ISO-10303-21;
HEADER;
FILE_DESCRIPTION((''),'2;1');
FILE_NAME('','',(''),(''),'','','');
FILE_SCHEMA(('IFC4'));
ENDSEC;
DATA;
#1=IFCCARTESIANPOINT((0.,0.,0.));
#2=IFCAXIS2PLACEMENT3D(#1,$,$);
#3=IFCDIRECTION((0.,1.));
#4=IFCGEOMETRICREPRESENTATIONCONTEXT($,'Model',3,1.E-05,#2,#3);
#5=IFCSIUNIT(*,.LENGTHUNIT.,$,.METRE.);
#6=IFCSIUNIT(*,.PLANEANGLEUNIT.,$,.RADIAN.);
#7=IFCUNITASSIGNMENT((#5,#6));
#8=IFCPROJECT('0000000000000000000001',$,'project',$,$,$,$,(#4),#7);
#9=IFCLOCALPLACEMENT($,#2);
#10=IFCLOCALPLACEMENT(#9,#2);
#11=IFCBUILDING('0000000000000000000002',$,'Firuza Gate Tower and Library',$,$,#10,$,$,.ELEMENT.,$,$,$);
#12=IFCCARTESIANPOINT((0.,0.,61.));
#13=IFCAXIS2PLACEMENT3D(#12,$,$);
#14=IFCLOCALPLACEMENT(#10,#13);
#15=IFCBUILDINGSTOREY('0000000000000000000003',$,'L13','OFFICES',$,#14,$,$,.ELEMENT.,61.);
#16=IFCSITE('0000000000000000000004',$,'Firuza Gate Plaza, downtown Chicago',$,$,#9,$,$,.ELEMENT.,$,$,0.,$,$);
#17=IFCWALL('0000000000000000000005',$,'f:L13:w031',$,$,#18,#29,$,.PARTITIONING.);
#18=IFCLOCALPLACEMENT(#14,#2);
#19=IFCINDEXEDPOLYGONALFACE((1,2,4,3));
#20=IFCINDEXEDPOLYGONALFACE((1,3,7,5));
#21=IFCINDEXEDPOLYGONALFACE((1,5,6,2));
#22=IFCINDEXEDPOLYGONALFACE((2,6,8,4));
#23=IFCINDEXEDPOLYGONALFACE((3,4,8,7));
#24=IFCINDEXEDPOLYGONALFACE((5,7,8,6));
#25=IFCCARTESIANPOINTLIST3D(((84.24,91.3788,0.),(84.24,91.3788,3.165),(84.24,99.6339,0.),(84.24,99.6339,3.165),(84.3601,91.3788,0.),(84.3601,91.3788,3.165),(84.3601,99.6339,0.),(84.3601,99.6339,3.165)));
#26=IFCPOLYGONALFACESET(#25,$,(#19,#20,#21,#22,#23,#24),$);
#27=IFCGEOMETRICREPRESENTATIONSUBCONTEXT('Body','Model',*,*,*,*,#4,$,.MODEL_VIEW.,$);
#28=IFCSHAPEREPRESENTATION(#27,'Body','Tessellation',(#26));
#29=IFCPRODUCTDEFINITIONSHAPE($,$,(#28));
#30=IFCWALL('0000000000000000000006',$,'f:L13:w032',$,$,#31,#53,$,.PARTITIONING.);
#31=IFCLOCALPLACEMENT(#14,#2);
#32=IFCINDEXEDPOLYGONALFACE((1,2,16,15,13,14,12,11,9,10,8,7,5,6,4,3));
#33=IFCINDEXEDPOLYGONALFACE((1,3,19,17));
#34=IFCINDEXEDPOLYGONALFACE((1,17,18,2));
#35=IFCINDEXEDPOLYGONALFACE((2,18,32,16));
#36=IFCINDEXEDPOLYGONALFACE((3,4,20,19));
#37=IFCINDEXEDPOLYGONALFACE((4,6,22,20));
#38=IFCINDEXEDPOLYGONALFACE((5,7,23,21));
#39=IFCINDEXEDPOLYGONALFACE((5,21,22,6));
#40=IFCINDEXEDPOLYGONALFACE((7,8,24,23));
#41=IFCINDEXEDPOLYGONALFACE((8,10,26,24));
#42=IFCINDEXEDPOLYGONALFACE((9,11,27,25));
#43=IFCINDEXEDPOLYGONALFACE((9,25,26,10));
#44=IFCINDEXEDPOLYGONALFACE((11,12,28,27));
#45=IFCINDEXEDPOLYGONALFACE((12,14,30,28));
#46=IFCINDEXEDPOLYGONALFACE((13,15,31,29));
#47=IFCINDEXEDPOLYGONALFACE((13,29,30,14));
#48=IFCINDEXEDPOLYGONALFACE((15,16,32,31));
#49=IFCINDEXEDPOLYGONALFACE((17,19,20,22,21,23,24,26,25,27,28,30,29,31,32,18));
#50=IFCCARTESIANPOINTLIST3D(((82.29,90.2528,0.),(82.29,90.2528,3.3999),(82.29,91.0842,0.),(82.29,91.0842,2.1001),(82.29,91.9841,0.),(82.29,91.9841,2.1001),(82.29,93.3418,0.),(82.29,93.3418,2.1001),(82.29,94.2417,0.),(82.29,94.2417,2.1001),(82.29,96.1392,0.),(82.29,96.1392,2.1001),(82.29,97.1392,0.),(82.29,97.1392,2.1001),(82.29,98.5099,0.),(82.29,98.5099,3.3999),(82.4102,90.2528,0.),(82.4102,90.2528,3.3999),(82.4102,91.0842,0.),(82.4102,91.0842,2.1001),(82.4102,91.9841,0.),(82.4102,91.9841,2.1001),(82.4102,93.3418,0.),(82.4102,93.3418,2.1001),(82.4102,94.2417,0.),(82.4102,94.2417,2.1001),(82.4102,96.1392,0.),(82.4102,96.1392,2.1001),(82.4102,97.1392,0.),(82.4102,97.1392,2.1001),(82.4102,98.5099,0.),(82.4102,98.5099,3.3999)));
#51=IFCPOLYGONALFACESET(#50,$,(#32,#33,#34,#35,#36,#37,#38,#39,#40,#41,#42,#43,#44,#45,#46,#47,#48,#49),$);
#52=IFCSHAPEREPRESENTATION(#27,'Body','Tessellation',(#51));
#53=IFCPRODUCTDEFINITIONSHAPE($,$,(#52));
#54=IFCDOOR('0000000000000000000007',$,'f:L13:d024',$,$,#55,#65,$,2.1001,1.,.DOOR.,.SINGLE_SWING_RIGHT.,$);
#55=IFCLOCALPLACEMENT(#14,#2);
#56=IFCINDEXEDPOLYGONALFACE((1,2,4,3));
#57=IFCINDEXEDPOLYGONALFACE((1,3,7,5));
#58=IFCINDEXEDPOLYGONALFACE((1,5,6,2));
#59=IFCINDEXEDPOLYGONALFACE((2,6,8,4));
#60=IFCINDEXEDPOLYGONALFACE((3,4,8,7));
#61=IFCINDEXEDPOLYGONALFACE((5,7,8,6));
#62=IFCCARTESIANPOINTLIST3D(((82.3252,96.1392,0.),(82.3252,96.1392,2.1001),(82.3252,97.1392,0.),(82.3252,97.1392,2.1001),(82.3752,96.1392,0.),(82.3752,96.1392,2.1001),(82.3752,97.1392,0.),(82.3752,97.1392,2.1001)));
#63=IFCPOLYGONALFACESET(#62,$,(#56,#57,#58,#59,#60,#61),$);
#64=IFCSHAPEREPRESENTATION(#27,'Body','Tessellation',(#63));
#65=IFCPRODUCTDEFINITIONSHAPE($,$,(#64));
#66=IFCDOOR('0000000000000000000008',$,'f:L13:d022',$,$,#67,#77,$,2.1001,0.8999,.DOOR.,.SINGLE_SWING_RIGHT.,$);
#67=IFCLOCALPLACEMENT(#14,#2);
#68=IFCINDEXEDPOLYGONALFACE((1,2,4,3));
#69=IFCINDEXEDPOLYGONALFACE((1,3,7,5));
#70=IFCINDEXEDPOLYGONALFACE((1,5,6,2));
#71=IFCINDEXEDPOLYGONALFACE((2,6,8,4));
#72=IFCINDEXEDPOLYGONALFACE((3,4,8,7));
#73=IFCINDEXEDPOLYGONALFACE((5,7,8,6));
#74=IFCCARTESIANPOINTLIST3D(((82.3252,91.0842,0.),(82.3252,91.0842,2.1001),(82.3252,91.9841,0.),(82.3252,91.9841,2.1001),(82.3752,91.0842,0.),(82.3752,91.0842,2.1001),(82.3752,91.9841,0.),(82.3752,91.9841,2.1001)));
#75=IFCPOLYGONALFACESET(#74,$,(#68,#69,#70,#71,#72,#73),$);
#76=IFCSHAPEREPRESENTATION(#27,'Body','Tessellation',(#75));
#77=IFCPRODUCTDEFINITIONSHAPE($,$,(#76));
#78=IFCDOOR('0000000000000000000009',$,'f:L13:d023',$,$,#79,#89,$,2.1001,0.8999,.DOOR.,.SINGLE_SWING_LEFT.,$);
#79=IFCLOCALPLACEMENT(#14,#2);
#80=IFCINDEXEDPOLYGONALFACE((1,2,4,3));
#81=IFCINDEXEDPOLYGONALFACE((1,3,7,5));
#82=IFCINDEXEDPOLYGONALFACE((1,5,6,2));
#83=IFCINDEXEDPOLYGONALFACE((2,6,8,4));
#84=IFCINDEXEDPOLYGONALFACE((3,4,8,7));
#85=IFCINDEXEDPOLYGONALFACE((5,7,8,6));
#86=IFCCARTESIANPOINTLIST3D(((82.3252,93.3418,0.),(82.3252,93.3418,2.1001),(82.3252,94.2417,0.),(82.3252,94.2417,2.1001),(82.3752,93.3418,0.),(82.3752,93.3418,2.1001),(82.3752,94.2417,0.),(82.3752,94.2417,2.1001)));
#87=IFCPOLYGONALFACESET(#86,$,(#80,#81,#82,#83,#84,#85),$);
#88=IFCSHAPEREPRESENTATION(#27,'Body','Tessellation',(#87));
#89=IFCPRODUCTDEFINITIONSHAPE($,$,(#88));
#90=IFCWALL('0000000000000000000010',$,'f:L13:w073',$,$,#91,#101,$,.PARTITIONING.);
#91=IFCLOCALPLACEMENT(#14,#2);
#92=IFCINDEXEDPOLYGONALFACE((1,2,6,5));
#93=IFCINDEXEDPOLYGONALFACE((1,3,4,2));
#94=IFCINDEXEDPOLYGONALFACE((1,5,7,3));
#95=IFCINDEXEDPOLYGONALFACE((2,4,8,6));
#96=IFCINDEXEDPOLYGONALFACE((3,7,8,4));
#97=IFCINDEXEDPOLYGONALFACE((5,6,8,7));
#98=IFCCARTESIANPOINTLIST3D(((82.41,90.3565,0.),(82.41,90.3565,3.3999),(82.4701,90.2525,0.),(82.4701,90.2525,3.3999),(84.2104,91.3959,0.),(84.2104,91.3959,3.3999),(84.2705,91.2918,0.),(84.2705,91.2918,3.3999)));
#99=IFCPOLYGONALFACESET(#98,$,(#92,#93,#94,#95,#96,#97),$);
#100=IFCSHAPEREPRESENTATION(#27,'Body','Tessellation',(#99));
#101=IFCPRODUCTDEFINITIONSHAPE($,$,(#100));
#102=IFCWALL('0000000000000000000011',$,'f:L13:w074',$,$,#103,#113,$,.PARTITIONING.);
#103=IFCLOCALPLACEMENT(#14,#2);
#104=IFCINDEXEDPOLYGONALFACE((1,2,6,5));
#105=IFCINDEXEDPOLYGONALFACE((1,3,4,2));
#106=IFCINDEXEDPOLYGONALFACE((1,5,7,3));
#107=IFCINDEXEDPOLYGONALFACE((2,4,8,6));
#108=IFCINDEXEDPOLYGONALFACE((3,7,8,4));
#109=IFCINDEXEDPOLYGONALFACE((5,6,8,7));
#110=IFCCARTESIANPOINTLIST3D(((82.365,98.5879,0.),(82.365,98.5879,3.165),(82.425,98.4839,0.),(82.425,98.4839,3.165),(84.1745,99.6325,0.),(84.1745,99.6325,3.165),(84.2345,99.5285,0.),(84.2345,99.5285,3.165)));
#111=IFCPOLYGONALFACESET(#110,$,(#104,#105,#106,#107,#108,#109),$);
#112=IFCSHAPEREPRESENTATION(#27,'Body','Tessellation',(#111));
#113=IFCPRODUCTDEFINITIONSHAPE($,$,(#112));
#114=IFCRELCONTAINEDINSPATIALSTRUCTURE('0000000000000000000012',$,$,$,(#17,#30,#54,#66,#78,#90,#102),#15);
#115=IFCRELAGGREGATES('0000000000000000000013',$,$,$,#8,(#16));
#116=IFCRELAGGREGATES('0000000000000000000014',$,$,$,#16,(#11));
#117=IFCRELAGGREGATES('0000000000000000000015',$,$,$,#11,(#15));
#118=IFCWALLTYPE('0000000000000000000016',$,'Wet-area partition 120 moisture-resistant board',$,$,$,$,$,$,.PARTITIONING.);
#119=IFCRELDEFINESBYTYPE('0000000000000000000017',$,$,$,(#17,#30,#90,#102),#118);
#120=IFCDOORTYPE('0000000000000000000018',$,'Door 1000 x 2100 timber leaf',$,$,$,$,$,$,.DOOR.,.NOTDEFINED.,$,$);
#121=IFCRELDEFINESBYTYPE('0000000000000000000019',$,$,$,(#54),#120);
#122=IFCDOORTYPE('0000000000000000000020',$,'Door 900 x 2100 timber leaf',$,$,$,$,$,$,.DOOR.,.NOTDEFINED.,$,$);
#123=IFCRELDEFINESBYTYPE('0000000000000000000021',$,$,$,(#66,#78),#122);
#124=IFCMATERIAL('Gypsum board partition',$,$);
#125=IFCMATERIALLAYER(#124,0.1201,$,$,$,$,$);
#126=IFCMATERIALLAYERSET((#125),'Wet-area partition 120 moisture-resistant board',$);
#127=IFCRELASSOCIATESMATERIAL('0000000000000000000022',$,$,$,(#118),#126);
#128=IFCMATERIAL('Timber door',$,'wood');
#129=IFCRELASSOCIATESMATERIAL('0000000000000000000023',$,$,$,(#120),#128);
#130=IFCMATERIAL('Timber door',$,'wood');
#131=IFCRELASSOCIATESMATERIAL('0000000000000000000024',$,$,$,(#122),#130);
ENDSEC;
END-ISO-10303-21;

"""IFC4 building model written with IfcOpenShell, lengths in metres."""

from ifc_helpers import new_model, si_unit, direction, frame, frame_2d, origin, place, context, subcontext, project, spatial, rectangle, extrude, material, layer, layer_set, type_object, element, fill, save


model = new_model("IFC4")

# Units and contexts
model_context = context("Model", 3, precision=1e-05, world=origin(), true_north=direction((0.0, 1.0)))
body_context = subcontext(model_context, "Body", "Model", "MODEL_VIEW")
ifc_project = project(units=[si_unit("LENGTHUNIT", "METRE"), si_unit("PLANEANGLEUNIT", "RADIAN")], contexts=[model_context])

# Site, building, storey
site_placement = place(None, origin())
site = spatial("IfcSite", under=ifc_project, at=site_placement, Name="Firuza Gate Plaza, downtown Chicago", CompositionType="ELEMENT", RefElevation=0.0)
building_placement = place(site_placement, origin())
building = spatial("IfcBuilding", under=site, at=building_placement, Name="Firuza Gate Tower and Library", CompositionType="ELEMENT")
storey_placement = place(building_placement, frame((0.0, 0.0, 61.0)))
storey = spatial("IfcBuildingStorey", under=building, at=storey_placement, Name="L13", Description="OFFICES", CompositionType="ELEMENT", Elevation=61.0)

# Wall
ifc_material_1 = material(Name="Gypsum board partition")
ifc_layer_1 = layer(ifc_material_1, 0.1201)
ifc_layer_set_1 = layer_set([ifc_layer_1], Name="Wet-area partition 120 moisture-resistant board")
wall_type_1 = type_object("IfcWallType", Name="Wet-area partition 120 moisture-resistant board", PredefinedType="PARTITIONING", material=ifc_layer_set_1)
wall_1_placement = place(storey_placement, frame((84.3, 91.3789, 0.0), z_axis=(0.0, 0.0, 1.0), x_axis=(0.0, 1.0, 0.0)))
element("IfcWall", 1, at=wall_1_placement, inside=storey, type_object=wall_type_1, Name="f:L13:w031", PredefinedType="PARTITIONING", context=body_context, shape_type="SweptSolid", body=[
    extrude(rectangle(XDim=8.2551, YDim=0.1201, at=frame_2d((4.1274, 0.0))), origin(), (0.0, 0.0, 1.0), 3.165),
])

# Wall, openings, doors
wall_2_placement = place(storey_placement, frame((82.3501, 90.2529, 0.0), z_axis=(0.0, 0.0, 1.0), x_axis=(0.0, 1.0, 0.0)))
wall_2 = element("IfcWall", 2, at=wall_2_placement, inside=storey, type_object=wall_type_1, Name="f:L13:w032", PredefinedType="PARTITIONING", context=body_context, shape_type="SweptSolid", body=[
    extrude(rectangle(XDim=8.2571, YDim=0.1201, at=frame_2d((4.1284, 0.0))), origin(), (0.0, 0.0, 1.0), 3.3999),
])
opening_1_placement = place(wall_2_placement, frame((0.8313, 0.0, 0.0)))
opening_1 = element("IfcOpeningElement", 3, at=opening_1_placement, cuts=wall_2, PredefinedType="OPENING", context=body_context, shape_type="SweptSolid", body=[
    extrude(rectangle(XDim=0.8999, YDim=2.1001, at=frame_2d((0.45, 1.05))), frame((0.0, 0.0701, 0.0), z_axis=(0.0, -1.0, 0.0), x_axis=(1.0, 0.0, 0.0)), (0.0, 0.0, 1.0), 0.1401),
])
opening_2_placement = place(wall_2_placement, frame((3.0889, 0.0, 0.0)))
opening_2 = element("IfcOpeningElement", 4, at=opening_2_placement, cuts=wall_2, PredefinedType="OPENING", context=body_context, shape_type="SweptSolid", body=[
    extrude(rectangle(XDim=0.8999, YDim=2.1001, at=frame_2d((0.45, 1.05))), frame((0.0, 0.0701, 0.0), z_axis=(0.0, -1.0, 0.0), x_axis=(1.0, 0.0, 0.0)), (0.0, 0.0, 1.0), 0.1401),
])
opening_3_placement = place(wall_2_placement, frame((5.8862, 0.0, 0.0)))
opening_3 = element("IfcOpeningElement", 5, at=opening_3_placement, cuts=wall_2, PredefinedType="OPENING", context=body_context, shape_type="SweptSolid", body=[
    extrude(rectangle(XDim=1.0, YDim=2.1001, at=frame_2d((0.5, 1.05))), frame((0.0, 0.0701, 0.0), z_axis=(0.0, -1.0, 0.0), x_axis=(1.0, 0.0, 0.0)), (0.0, 0.0, 1.0), 0.1401),
])
ifc_material_2 = material(Name="Timber door", Category="wood")
door_type_1 = type_object("IfcDoorType", Name="Door 1000 x 2100 timber leaf", OperationType="NOTDEFINED", PredefinedType="DOOR", material=ifc_material_2)
door_1_placement = place(opening_3_placement, origin())
door_1 = element("IfcDoor", 6, at=door_1_placement, inside=storey, type_object=door_type_1, Name="f:L13:d024", OperationType="SINGLE_SWING_RIGHT", OverallHeight=2.1001, OverallWidth=1.0, PredefinedType="DOOR", context=body_context, shape_type="SweptSolid", body=[
    extrude(rectangle(XDim=1.0, YDim=2.1001, at=frame_2d((0.5, 1.05))), frame((0.0, 0.0249, 0.0), z_axis=(0.0, -1.0, 0.0), x_axis=(1.0, 0.0, 0.0)), (0.0, 0.0, 1.0), 0.05),
])
fill(opening_3, door_1)
ifc_material_3 = material(Name="Timber door", Category="wood")
door_type_2 = type_object("IfcDoorType", Name="Door 900 x 2100 timber leaf", OperationType="NOTDEFINED", PredefinedType="DOOR", material=ifc_material_3)
door_2_placement = place(opening_1_placement, origin())
door_2 = element("IfcDoor", 7, at=door_2_placement, inside=storey, type_object=door_type_2, Name="f:L13:d022", OperationType="SINGLE_SWING_RIGHT", OverallHeight=2.1001, OverallWidth=0.8999, PredefinedType="DOOR", context=body_context, shape_type="SweptSolid", body=[
    extrude(rectangle(XDim=0.8999, YDim=2.1001, at=frame_2d((0.45, 1.05))), frame((0.0, 0.0249, 0.0), z_axis=(0.0, -1.0, 0.0), x_axis=(1.0, 0.0, 0.0)), (0.0, 0.0, 1.0), 0.05),
])
fill(opening_1, door_2)
door_3_placement = place(opening_2_placement, origin())
door_3 = element("IfcDoor", 8, at=door_3_placement, inside=storey, type_object=door_type_2, Name="f:L13:d023", OperationType="SINGLE_SWING_LEFT", OverallHeight=2.1001, OverallWidth=0.8999, PredefinedType="DOOR", context=body_context, shape_type="SweptSolid", body=[
    extrude(rectangle(XDim=0.8999, YDim=2.1001, at=frame_2d((0.45, 1.05))), frame((0.0, 0.0249, 0.0), z_axis=(0.0, -1.0, 0.0), x_axis=(1.0, 0.0, 0.0)), (0.0, 0.0, 1.0), 0.05),
])
fill(opening_2, door_3)

# Walls
wall_3_placement = place(storey_placement, frame((82.4399, 90.3044, 0.0), z_axis=(0.0, 0.0, 1.0), x_axis=(0.866045, 0.499966, 0.0)))
element("IfcWall", 9, at=wall_3_placement, inside=storey, type_object=wall_type_1, Name="f:L13:w073", PredefinedType="PARTITIONING", context=body_context, shape_type="SweptSolid", body=[
    extrude(rectangle(XDim=2.0789, YDim=0.1201, at=frame_2d((1.0396, 0.0))), origin(), (0.0, 0.0, 1.0), 3.3999),
])
wall_4_placement = place(storey_placement, frame((82.395, 98.5359, 0.0), z_axis=(0.0, 0.0, 1.0), x_axis=(0.866042, 0.499972, 0.0)))
element("IfcWall", 10, at=wall_4_placement, inside=storey, type_object=wall_type_1, Name="f:L13:w074", PredefinedType="PARTITIONING", context=body_context, shape_type="SweptSolid", body=[
    extrude(rectangle(XDim=2.0894, YDim=0.1201, at=frame_2d((1.0447, 0.0))), origin(), (0.0, 0.0, 1.0), 3.165),
])

save(model, "model.ifc")
